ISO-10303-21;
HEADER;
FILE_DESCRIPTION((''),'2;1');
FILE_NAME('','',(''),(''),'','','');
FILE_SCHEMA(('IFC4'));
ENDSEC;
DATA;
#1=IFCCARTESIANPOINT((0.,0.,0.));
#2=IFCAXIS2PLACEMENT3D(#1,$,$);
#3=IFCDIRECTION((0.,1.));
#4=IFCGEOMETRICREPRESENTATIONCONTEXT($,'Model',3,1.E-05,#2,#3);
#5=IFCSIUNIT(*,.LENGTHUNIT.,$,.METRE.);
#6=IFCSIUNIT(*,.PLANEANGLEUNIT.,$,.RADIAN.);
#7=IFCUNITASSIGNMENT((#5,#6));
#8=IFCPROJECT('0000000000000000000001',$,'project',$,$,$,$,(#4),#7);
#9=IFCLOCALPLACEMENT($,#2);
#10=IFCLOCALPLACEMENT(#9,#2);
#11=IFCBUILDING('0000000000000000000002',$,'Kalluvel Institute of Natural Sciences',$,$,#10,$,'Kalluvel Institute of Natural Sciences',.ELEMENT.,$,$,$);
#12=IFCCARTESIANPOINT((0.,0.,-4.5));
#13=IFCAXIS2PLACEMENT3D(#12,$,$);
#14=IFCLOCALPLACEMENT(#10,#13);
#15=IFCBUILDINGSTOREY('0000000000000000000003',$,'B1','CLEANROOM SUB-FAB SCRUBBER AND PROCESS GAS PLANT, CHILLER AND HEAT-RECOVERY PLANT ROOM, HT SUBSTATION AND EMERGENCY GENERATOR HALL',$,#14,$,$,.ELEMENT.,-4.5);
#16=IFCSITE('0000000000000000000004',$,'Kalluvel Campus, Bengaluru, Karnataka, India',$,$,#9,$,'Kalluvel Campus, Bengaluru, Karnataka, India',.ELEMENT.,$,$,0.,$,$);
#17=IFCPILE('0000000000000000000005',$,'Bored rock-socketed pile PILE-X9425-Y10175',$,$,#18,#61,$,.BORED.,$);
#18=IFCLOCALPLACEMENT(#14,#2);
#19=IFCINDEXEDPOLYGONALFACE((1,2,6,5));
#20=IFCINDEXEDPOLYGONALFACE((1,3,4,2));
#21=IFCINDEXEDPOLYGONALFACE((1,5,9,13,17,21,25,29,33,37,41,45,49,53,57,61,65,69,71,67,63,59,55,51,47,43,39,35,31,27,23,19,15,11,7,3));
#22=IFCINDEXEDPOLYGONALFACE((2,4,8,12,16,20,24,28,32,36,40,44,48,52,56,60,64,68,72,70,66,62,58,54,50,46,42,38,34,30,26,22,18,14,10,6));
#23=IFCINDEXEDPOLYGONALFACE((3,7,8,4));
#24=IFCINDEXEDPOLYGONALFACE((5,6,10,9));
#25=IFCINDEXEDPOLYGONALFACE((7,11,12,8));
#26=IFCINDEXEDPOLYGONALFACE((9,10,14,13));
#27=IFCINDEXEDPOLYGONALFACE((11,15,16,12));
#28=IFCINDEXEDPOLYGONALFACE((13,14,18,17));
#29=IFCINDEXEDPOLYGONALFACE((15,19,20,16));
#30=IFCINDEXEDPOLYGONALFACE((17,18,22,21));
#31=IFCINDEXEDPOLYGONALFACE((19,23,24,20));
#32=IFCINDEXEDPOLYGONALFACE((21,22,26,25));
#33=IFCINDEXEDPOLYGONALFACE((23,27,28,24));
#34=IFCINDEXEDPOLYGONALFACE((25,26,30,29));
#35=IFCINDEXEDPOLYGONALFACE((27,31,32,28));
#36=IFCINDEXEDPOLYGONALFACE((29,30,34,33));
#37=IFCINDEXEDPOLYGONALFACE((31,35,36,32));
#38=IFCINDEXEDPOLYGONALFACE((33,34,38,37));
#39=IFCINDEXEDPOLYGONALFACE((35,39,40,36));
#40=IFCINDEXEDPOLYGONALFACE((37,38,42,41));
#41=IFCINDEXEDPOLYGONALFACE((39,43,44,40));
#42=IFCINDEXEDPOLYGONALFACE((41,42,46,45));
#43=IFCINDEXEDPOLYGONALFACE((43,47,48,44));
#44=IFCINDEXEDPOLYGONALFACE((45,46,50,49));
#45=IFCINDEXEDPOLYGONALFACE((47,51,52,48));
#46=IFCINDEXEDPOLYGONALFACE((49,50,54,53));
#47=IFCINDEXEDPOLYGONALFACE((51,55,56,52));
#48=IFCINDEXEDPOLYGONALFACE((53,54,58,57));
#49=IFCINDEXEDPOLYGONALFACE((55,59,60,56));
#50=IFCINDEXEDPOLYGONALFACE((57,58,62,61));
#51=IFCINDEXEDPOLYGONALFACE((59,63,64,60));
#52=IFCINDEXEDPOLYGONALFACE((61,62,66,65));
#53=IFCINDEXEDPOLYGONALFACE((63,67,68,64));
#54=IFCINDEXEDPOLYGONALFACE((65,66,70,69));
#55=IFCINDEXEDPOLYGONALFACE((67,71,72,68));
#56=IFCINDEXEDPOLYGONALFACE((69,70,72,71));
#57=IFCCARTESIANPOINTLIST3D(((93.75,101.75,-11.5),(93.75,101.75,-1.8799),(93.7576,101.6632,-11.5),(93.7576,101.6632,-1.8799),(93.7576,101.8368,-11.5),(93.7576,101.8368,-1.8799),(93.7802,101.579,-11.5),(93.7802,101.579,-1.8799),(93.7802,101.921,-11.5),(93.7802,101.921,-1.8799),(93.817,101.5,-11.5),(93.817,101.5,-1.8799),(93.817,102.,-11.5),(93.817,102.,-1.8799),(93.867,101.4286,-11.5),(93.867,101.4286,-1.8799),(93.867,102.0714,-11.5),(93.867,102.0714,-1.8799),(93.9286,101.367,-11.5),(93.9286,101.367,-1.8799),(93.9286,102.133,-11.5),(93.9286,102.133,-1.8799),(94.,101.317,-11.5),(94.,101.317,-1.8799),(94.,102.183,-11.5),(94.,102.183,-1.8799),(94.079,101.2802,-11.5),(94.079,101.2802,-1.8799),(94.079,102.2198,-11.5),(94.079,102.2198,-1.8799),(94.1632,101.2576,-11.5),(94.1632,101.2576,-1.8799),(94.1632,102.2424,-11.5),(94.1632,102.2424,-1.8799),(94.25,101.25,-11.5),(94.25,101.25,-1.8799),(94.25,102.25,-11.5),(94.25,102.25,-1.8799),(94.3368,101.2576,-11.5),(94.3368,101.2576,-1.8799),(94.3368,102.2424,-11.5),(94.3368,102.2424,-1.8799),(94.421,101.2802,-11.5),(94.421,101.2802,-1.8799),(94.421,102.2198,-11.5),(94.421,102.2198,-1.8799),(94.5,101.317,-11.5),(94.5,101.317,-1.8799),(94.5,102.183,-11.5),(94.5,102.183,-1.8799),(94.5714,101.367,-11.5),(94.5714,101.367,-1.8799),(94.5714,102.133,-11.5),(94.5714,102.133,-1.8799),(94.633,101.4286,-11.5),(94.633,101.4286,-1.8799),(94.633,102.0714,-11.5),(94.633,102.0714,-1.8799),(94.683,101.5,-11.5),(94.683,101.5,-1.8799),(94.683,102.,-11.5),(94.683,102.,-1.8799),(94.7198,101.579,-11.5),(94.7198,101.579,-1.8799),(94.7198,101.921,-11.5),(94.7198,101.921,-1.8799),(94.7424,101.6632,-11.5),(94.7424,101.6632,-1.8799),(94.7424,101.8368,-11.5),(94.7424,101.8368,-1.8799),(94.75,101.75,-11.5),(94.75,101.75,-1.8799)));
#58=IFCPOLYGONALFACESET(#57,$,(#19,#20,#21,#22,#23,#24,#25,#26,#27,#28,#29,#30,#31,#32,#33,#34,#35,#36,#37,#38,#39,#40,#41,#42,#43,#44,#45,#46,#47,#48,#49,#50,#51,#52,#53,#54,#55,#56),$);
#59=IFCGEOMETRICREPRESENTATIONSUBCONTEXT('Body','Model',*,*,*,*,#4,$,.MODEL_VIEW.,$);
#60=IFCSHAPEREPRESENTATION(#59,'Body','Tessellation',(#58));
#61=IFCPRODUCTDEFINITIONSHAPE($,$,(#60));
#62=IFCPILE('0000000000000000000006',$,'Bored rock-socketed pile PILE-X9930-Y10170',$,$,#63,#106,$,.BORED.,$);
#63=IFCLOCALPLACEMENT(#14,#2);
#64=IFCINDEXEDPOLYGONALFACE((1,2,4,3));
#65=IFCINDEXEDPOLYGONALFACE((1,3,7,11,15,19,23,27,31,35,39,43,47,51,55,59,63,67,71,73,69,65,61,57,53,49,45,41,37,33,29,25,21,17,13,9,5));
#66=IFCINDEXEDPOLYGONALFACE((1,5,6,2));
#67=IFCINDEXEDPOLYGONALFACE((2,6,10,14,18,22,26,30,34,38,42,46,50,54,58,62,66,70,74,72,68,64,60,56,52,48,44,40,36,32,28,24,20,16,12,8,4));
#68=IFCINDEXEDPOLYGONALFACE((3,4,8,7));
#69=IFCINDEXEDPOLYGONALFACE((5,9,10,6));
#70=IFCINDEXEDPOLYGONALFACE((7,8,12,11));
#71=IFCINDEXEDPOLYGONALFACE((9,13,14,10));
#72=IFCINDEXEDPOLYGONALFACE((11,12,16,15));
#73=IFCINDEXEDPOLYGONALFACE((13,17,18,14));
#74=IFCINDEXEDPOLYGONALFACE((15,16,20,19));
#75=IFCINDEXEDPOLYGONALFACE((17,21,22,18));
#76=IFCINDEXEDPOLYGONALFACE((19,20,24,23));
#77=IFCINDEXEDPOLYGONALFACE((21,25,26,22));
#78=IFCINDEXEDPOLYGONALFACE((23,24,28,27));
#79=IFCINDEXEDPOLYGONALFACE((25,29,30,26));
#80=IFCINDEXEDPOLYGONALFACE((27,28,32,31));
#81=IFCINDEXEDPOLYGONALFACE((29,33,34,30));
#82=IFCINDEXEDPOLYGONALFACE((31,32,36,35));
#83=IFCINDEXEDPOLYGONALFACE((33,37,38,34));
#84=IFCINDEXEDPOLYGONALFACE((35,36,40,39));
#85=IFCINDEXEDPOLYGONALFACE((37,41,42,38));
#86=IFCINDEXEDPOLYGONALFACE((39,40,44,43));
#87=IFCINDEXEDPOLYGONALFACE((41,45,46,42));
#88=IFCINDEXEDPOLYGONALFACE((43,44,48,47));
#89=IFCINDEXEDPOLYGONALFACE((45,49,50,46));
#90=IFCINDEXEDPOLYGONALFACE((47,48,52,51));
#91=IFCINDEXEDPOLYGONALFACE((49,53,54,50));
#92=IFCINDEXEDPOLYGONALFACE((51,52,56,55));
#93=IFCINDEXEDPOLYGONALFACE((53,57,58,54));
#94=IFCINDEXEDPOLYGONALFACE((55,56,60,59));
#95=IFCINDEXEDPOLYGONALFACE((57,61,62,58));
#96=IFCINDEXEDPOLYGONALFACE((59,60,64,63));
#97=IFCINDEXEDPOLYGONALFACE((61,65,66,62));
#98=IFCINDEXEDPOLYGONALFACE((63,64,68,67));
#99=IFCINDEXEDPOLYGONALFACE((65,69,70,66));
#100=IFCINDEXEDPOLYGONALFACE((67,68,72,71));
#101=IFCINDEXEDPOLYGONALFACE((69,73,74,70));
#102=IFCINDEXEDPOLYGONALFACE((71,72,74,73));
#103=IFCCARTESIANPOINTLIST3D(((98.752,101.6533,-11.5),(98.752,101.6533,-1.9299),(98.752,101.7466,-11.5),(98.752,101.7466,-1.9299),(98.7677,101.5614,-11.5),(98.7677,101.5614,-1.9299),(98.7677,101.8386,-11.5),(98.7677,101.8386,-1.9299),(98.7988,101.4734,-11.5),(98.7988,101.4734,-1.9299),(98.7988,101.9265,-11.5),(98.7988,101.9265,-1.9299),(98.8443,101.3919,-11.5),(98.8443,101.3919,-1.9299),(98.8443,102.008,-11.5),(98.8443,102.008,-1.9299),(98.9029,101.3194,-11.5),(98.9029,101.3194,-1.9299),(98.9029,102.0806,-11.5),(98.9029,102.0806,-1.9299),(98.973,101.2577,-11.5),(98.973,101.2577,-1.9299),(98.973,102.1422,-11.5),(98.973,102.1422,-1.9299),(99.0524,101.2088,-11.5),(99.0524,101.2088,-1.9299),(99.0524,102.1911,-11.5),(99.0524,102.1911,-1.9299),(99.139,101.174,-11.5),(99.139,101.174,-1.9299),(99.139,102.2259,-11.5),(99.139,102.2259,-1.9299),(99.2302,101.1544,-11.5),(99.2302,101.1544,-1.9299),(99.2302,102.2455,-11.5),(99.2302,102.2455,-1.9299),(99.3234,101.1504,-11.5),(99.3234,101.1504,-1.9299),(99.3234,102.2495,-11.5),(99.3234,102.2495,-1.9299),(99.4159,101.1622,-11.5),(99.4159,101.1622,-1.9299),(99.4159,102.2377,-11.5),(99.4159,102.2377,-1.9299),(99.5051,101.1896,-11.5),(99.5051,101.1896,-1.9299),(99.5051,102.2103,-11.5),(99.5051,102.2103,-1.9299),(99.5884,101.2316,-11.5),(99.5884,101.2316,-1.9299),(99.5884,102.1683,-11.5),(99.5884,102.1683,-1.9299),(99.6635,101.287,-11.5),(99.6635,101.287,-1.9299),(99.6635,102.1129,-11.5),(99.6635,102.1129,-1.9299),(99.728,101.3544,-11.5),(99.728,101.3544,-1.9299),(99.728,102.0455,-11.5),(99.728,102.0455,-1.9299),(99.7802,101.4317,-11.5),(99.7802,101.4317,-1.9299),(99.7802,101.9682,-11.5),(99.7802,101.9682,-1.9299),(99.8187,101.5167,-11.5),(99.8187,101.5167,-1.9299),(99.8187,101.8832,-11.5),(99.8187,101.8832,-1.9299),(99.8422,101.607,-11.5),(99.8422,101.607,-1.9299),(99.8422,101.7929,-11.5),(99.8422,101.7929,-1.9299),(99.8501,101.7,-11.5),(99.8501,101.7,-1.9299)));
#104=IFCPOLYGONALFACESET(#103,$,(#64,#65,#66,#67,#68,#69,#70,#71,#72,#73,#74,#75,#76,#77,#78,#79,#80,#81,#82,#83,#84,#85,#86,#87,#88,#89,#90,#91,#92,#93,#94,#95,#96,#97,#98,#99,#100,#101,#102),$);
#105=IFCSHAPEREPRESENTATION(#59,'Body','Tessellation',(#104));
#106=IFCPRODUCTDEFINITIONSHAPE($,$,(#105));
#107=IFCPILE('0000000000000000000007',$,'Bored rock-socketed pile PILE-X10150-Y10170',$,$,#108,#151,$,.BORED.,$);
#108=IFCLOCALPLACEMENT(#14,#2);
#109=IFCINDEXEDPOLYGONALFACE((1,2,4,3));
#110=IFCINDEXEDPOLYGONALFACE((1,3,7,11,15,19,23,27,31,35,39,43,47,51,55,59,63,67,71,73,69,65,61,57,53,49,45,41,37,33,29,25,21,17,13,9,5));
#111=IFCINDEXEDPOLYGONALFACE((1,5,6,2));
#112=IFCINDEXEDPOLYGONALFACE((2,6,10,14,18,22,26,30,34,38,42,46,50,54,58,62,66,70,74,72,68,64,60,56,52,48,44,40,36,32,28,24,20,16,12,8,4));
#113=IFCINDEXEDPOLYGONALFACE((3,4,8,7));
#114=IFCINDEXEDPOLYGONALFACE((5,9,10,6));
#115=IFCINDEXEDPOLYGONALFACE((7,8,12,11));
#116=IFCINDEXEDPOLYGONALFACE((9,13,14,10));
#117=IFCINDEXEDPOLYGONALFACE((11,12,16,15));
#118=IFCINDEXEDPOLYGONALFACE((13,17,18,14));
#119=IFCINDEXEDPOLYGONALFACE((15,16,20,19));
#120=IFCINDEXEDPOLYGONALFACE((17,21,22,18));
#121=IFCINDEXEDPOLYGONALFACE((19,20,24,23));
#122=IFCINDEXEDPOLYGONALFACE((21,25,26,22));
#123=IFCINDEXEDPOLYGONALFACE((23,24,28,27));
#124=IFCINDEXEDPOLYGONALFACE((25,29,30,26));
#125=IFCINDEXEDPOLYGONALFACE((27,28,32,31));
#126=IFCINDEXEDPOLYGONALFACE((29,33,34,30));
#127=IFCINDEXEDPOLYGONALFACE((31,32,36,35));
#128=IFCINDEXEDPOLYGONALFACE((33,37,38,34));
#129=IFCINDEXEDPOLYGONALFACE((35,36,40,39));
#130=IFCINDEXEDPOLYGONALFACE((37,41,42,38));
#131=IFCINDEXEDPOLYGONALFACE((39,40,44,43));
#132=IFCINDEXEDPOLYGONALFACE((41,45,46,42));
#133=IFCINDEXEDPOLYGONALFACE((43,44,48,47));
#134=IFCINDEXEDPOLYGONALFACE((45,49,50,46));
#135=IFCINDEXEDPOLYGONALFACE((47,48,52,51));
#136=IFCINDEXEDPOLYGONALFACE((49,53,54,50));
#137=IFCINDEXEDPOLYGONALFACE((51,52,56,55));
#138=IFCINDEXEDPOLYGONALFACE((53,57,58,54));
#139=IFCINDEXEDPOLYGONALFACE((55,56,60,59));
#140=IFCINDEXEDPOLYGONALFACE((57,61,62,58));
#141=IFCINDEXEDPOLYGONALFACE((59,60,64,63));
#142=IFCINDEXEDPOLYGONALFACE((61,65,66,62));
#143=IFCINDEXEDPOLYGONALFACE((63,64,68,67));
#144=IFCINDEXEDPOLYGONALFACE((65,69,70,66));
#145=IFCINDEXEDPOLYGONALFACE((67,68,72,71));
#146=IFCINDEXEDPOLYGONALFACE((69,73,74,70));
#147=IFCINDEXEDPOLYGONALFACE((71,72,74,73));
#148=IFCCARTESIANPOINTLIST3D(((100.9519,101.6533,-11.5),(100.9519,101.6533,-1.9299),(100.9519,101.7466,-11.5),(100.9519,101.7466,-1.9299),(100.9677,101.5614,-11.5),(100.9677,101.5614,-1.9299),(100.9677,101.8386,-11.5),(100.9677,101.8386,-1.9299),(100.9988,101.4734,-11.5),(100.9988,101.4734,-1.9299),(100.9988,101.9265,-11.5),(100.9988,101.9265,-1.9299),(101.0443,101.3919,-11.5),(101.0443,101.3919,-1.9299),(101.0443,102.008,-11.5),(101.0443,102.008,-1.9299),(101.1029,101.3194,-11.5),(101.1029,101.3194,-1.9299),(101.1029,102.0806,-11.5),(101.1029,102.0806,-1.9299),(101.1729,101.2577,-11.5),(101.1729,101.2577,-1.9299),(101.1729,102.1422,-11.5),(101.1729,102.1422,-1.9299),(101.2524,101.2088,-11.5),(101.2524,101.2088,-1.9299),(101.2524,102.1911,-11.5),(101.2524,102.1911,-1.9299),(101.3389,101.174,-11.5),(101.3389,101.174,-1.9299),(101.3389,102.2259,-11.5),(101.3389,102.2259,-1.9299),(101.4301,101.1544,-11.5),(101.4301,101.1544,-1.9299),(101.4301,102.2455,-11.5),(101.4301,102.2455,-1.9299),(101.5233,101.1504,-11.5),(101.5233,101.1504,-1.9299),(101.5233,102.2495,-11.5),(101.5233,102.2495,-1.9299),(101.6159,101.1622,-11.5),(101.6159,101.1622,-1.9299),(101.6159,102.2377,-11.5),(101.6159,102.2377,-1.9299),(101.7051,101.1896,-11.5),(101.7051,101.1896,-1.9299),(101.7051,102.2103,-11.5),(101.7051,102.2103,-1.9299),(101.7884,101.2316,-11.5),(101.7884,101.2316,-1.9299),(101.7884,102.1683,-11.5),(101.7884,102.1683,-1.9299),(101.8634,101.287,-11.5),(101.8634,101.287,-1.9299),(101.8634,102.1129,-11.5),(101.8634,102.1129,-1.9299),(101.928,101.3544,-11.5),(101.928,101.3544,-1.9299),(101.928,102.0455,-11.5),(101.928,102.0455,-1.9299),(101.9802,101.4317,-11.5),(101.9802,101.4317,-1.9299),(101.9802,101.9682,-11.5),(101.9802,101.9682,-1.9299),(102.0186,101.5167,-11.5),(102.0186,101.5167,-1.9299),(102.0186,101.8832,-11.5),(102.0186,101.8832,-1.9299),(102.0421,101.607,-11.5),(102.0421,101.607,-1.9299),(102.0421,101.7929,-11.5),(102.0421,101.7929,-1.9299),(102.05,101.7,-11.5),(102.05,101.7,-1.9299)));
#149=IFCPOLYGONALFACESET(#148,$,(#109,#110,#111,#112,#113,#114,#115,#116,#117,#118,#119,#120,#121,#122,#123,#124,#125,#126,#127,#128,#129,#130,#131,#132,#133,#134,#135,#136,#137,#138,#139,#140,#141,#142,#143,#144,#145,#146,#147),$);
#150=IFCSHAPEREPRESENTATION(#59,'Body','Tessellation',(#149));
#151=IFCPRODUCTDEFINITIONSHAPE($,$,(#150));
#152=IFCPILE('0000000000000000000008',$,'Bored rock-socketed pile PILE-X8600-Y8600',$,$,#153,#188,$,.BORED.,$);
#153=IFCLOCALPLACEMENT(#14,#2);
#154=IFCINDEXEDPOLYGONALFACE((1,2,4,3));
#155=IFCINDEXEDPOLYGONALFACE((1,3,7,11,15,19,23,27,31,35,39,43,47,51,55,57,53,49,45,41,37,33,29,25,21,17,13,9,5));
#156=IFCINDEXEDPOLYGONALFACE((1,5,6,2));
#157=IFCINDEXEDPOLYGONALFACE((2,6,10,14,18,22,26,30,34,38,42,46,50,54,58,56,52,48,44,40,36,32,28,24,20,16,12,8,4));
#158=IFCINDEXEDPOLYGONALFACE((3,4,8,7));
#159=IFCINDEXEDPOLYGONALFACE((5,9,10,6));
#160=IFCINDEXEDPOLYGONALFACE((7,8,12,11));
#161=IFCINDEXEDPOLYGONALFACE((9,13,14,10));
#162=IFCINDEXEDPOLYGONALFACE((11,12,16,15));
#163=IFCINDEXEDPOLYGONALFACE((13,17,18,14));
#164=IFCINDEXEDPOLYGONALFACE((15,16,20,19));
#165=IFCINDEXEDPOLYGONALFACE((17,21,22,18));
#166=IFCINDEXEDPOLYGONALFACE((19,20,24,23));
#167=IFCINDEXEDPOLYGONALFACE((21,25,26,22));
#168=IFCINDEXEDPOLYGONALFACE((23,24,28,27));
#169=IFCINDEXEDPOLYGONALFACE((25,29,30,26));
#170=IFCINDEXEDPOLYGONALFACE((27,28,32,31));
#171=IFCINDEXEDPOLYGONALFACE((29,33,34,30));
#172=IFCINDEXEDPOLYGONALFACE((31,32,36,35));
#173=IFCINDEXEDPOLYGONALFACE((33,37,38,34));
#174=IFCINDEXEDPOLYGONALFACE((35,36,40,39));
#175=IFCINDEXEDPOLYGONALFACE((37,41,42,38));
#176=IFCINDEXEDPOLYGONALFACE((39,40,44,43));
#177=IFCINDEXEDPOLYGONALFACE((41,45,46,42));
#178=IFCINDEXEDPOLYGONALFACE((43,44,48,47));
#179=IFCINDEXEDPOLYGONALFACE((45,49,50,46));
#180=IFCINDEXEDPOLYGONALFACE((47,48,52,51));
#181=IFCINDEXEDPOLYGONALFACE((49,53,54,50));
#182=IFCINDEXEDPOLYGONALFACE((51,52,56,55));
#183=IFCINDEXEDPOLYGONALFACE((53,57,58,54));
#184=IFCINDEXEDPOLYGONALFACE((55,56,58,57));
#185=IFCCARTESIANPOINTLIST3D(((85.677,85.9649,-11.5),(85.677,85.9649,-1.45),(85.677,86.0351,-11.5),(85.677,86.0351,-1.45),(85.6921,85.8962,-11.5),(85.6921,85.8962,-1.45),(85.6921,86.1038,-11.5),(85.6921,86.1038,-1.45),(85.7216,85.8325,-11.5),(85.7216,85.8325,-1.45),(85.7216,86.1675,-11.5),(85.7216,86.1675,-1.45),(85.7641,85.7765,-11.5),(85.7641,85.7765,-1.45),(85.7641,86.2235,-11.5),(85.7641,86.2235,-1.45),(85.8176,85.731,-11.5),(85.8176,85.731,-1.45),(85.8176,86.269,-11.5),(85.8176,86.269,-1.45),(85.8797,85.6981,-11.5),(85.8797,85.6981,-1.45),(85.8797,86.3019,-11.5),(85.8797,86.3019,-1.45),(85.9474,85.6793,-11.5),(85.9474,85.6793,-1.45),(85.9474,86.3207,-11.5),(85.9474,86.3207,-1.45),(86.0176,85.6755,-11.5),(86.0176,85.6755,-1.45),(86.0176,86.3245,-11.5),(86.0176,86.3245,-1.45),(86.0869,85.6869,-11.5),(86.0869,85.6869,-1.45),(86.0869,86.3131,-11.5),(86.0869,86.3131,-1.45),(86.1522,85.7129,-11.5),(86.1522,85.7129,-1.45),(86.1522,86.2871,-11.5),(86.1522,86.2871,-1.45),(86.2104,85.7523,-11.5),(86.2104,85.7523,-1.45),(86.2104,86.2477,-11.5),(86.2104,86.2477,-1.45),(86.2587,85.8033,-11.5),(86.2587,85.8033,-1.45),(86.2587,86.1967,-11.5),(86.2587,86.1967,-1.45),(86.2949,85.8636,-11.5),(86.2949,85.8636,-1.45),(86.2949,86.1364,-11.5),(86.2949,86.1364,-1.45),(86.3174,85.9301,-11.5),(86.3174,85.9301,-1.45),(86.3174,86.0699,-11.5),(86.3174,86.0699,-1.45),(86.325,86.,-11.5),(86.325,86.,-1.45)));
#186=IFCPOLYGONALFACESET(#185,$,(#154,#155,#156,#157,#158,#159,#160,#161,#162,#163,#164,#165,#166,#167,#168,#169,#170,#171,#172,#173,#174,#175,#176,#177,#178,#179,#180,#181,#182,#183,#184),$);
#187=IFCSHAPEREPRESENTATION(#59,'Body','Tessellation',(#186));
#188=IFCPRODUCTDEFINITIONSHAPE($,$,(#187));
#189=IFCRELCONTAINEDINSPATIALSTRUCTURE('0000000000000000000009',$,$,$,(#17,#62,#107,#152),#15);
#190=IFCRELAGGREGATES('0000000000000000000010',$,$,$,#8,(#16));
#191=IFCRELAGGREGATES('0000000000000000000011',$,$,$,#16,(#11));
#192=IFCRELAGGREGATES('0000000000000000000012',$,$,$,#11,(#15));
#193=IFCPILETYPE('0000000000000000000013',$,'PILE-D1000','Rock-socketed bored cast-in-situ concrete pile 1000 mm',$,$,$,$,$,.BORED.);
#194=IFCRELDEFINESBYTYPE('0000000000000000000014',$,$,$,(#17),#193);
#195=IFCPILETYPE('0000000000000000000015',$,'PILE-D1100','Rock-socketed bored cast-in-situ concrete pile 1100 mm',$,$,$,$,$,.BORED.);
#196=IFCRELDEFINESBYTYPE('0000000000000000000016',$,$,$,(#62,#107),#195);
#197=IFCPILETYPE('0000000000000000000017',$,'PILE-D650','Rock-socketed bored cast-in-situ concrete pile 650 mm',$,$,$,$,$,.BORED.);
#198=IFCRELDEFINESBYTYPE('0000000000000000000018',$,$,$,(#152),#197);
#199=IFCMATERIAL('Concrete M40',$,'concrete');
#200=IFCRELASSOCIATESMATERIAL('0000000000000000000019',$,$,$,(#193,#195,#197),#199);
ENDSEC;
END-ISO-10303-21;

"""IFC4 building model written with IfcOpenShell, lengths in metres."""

from ifc_helpers import new_model, si_unit, direction, frame, origin, origin_2d, place, context, subcontext, project, spatial, circle, extrude, material, material_profile, profile_set, type_object, element, save


model = new_model("IFC4")

# Units and contexts
model_context = context("Model", 3, precision=1e-05, world=origin(), true_north=direction((0.0, 1.0)))
body_context = subcontext(model_context, "Body", "Model", "MODEL_VIEW")
ifc_project = project(units=[si_unit("LENGTHUNIT", "METRE"), si_unit("PLANEANGLEUNIT", "RADIAN")], contexts=[model_context])

# Site, building, storey
site_placement = place(None, origin())
site = spatial("IfcSite", under=ifc_project, at=site_placement, Name="Kalluvel Campus, Bengaluru, Karnataka, India", LongName="Kalluvel Campus, Bengaluru, Karnataka, India", CompositionType="ELEMENT", RefElevation=0.0)
building_placement = place(site_placement, origin())
building = spatial("IfcBuilding", under=site, at=building_placement, Name="Kalluvel Institute of Natural Sciences", LongName="Kalluvel Institute of Natural Sciences", CompositionType="ELEMENT")
storey_placement = place(building_placement, frame((0.0, 0.0, -4.5)))
storey = spatial("IfcBuildingStorey", under=building, at=storey_placement, Name="B1", Description="CLEANROOM SUB-FAB SCRUBBER AND PROCESS GAS PLANT, CHILLER AND HEAT-RECOVERY PLANT ROOM, HT SUBSTATION AND EMERGENCY GENERATOR HALL", CompositionType="ELEMENT", Elevation=-4.5)

# Shared definitions
ifc_material_1 = material(Name="Concrete M40", Category="concrete")

# Piles
ifc_material_profile_1 = material_profile(ifc_material_1, circle(Radius=0.5, at=origin_2d()), Name="PILE D1000")
ifc_profile_set_1 = profile_set([ifc_material_profile_1], Name="Concrete M40")
pile_type_1 = type_object("IfcPileType", Name="PILE-D1000", Description="Rock-socketed bored cast-in-situ concrete pile 1000 mm", PredefinedType="BORED", material=ifc_profile_set_1)
for number, where, z_axis, x_axis, name in (
    (1, (94.25, 101.75, -1.8799), (0.0, 0.0, -1.0), (1.0, 0.0, 0.0), "Bored rock-socketed pile PILE-X9425-Y10175"),
):
    element("IfcPile", number, at=place(storey_placement, frame(where, z_axis=z_axis, x_axis=x_axis)), inside=storey, type_object=pile_type_1, Name=name, PredefinedType="BORED", context=body_context, shape_type="SweptSolid", body=[
        extrude(circle(Radius=0.5, at=origin_2d()), origin(), (0.0, 0.0, 1.0), 9.6201),
    ])
ifc_material_profile_2 = material_profile(ifc_material_1, circle(Radius=0.55, at=origin_2d()), Name="PILE D1100")
ifc_profile_set_2 = profile_set([ifc_material_profile_2], Name="Concrete M40")
pile_type_2 = type_object("IfcPileType", Name="PILE-D1100", Description="Rock-socketed bored cast-in-situ concrete pile 1100 mm", PredefinedType="BORED", material=ifc_profile_set_2)
for number, where, z_axis, x_axis, name in (
    (2, (99.3, 101.7, -1.9299), (0.0, 0.0, -1.0), (1.0, 0.0, 0.0), "Bored rock-socketed pile PILE-X9930-Y10170"),
    (3, (101.5, 101.7, -1.9299), (0.0, 0.0, -1.0), (1.0, 0.0, 0.0), "Bored rock-socketed pile PILE-X10150-Y10170"),
):
    element("IfcPile", number, at=place(storey_placement, frame(where, z_axis=z_axis, x_axis=x_axis)), inside=storey, type_object=pile_type_2, Name=name, PredefinedType="BORED", context=body_context, shape_type="SweptSolid", body=[
        extrude(circle(Radius=0.55, at=origin_2d()), origin(), (0.0, 0.0, 1.0), 9.5701),
    ])
ifc_material_profile_3 = material_profile(ifc_material_1, circle(Radius=0.325, at=origin_2d()), Name="PILE D650")
ifc_profile_set_3 = profile_set([ifc_material_profile_3], Name="Concrete M40")
pile_type_3 = type_object("IfcPileType", Name="PILE-D650", Description="Rock-socketed bored cast-in-situ concrete pile 650 mm", PredefinedType="BORED", material=ifc_profile_set_3)
pile_1_placement = place(storey_placement, frame((86.0, 86.0, -1.45), z_axis=(0.0, 0.0, -1.0), x_axis=(1.0, 0.0, 0.0)))
element("IfcPile", 4, at=pile_1_placement, inside=storey, type_object=pile_type_3, Name="Bored rock-socketed pile PILE-X8600-Y8600", PredefinedType="BORED", context=body_context, shape_type="SweptSolid", body=[
    extrude(circle(Radius=0.325, at=origin_2d()), origin(), (0.0, 0.0, 1.0), 10.05),
])

save(model, "model.ifc")
